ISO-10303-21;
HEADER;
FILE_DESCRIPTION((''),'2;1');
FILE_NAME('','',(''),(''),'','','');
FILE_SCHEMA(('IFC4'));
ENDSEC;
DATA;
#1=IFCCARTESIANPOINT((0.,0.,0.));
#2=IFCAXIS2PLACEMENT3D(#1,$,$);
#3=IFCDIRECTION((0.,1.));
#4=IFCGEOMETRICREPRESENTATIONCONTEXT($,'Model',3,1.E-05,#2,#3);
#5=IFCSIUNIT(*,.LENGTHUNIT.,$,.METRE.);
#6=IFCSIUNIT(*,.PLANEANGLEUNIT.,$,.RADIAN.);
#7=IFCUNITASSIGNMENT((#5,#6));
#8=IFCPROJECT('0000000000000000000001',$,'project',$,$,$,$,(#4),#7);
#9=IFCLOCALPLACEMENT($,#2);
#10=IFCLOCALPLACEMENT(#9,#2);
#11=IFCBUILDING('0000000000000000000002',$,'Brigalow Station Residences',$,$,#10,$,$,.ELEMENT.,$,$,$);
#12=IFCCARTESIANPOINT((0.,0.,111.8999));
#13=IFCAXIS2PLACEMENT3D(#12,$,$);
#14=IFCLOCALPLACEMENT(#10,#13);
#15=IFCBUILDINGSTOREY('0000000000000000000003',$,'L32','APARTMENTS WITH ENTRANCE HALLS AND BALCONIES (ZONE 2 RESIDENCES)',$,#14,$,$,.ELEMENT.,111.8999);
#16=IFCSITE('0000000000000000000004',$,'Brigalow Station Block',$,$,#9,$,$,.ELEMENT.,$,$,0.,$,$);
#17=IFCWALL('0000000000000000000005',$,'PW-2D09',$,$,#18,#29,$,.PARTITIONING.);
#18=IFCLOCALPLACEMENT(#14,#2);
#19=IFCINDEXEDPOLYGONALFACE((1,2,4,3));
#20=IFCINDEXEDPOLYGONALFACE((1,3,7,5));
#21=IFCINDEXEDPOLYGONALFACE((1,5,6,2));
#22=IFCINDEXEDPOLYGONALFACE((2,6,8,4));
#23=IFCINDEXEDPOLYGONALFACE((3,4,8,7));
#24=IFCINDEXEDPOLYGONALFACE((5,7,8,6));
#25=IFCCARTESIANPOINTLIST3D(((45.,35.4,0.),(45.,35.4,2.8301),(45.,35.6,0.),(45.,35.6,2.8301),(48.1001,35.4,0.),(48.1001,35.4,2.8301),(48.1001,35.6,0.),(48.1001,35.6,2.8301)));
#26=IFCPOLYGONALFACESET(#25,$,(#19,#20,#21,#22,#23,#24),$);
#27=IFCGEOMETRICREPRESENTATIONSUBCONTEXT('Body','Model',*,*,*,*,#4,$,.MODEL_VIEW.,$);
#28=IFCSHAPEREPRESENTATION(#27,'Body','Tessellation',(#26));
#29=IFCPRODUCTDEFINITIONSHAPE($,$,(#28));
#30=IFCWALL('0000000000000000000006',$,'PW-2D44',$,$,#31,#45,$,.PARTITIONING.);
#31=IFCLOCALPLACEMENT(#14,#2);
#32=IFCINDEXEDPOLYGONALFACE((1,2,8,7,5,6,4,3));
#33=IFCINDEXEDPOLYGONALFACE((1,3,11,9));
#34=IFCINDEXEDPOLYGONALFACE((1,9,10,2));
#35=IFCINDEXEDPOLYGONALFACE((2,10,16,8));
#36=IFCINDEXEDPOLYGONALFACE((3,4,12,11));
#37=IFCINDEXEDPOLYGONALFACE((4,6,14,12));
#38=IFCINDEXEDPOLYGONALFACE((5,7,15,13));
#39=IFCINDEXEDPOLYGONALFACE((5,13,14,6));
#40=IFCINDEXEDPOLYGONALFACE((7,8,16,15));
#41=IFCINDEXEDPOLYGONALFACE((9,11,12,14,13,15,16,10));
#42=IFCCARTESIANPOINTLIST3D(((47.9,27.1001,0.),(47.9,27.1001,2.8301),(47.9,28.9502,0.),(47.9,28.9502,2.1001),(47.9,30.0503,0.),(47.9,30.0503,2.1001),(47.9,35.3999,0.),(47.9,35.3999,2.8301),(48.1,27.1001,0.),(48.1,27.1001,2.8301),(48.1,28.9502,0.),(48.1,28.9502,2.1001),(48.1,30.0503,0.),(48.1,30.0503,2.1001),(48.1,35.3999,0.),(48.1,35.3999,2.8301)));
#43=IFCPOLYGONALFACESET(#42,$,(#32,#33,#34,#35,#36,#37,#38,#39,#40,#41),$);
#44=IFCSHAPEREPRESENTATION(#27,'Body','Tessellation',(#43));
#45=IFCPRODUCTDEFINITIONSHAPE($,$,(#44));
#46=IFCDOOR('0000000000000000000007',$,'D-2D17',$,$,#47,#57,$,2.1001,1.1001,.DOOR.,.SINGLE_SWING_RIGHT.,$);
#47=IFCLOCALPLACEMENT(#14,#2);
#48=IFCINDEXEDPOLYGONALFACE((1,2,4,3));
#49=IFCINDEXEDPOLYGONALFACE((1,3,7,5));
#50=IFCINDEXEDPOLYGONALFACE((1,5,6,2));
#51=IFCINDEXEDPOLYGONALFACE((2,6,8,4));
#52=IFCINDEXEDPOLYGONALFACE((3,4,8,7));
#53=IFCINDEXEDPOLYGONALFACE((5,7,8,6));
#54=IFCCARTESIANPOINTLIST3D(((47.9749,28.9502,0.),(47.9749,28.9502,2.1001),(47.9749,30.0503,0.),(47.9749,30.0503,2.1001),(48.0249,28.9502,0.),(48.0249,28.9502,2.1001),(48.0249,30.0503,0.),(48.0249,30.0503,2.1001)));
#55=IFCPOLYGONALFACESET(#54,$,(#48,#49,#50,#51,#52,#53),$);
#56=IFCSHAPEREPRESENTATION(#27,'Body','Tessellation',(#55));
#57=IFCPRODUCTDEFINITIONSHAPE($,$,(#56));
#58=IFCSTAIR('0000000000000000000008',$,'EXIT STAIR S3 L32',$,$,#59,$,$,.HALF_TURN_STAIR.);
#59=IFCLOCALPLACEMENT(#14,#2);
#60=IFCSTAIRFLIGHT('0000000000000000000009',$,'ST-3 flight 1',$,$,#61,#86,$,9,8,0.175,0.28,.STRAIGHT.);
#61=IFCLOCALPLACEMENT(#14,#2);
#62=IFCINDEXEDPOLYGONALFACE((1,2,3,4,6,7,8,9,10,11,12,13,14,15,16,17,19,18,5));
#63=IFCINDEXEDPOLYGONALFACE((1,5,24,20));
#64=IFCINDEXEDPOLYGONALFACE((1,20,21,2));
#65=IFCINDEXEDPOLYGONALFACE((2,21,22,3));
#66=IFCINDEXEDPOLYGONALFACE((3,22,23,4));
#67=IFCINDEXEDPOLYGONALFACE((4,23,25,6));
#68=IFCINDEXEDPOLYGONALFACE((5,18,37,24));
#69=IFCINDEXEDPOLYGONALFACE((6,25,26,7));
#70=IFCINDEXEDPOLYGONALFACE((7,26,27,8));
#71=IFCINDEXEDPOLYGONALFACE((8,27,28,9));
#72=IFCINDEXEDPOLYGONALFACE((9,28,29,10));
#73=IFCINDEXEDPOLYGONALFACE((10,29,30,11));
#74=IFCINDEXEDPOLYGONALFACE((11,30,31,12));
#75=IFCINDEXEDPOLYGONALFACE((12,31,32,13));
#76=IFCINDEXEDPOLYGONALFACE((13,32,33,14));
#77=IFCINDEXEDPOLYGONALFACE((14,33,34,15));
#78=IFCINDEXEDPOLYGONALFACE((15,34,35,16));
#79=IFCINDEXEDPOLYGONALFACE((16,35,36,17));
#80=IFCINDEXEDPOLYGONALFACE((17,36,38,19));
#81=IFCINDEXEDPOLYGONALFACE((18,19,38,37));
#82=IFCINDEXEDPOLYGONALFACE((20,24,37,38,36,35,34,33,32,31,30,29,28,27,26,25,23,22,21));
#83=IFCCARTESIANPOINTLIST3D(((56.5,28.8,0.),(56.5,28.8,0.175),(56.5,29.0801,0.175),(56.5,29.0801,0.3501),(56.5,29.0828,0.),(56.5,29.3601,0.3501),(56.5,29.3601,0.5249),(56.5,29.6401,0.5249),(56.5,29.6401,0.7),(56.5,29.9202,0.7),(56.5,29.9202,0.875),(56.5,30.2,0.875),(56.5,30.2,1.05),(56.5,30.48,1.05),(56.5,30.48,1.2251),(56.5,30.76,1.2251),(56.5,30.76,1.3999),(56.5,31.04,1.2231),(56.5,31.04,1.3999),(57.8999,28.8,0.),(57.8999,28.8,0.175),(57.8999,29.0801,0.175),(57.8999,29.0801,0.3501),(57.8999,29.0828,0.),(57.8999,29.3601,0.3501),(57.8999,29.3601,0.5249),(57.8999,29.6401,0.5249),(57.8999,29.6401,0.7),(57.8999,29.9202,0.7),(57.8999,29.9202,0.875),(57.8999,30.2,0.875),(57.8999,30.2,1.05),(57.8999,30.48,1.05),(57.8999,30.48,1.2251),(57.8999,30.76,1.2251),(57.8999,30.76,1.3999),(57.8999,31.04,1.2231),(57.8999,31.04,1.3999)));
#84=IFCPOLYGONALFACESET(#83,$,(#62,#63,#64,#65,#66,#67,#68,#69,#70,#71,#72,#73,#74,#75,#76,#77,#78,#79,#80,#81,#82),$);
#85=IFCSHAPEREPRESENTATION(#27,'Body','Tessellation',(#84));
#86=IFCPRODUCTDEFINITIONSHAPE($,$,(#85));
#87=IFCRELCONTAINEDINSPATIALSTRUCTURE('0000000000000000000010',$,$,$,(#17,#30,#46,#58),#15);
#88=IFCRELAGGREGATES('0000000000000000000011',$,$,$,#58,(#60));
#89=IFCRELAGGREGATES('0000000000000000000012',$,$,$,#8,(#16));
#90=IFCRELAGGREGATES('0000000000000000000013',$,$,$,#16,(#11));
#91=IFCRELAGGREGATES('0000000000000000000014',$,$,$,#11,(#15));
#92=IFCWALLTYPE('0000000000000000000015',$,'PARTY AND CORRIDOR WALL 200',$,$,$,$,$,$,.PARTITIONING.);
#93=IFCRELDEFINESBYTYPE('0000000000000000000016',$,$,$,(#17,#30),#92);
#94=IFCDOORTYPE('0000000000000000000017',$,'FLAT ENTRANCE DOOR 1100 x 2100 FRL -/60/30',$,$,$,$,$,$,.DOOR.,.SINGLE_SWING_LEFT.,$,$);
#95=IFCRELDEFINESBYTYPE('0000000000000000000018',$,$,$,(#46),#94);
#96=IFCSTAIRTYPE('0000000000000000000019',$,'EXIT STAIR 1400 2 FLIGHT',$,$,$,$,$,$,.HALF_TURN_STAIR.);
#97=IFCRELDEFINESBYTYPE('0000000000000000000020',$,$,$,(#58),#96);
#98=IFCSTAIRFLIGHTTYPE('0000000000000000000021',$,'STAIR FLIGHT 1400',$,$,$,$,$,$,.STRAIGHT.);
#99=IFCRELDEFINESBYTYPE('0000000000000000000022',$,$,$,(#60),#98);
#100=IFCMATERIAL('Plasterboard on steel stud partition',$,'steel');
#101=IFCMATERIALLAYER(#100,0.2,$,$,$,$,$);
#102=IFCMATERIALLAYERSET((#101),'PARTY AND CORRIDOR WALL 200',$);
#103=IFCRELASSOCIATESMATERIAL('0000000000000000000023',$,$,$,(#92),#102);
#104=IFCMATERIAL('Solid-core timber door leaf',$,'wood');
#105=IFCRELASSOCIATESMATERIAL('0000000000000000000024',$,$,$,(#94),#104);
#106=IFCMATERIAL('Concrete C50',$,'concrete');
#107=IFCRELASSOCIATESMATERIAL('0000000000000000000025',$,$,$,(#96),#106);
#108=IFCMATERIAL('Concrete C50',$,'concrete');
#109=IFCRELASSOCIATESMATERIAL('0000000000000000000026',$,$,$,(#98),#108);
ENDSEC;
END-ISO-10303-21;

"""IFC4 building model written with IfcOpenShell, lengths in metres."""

from ifc_helpers import new_model, si_unit, direction, frame, frame_2d, origin, place, context, subcontext, project, spatial, polyline, rectangle, outline, extrude, material, layer, layer_set, type_object, element, fill, aggregate, save


model = new_model("IFC4")

# Units and contexts
model_context = context("Model", 3, precision=1e-05, world=origin(), true_north=direction((0.0, 1.0)))
body_context = subcontext(model_context, "Body", "Model", "MODEL_VIEW")
ifc_project = project(units=[si_unit("LENGTHUNIT", "METRE"), si_unit("PLANEANGLEUNIT", "RADIAN")], contexts=[model_context])

# Site, building, storey
site_placement = place(None, origin())
site = spatial("IfcSite", under=ifc_project, at=site_placement, Name="Brigalow Station Block", CompositionType="ELEMENT", RefElevation=0.0)
building_placement = place(site_placement, origin())
building = spatial("IfcBuilding", under=site, at=building_placement, Name="Brigalow Station Residences", CompositionType="ELEMENT")
storey_placement = place(building_placement, frame((0.0, 0.0, 111.8999)))
storey = spatial("IfcBuildingStorey", under=building, at=storey_placement, Name="L32", Description="APARTMENTS WITH ENTRANCE HALLS AND BALCONIES (ZONE 2 RESIDENCES)", CompositionType="ELEMENT", Elevation=111.8999)

# Wall
ifc_material_1 = material(Name="Plasterboard on steel stud partition", Category="steel")
ifc_layer_1 = layer(ifc_material_1, 0.2)
ifc_layer_set_1 = layer_set([ifc_layer_1], Name="PARTY AND CORRIDOR WALL 200")
wall_type_1 = type_object("IfcWallType", Name="PARTY AND CORRIDOR WALL 200", PredefinedType="PARTITIONING", material=ifc_layer_set_1)
wall_1_placement = place(storey_placement, frame((45.0, 35.5, 0.0), z_axis=(0.0, 0.0, 1.0), x_axis=(1.0, 0.0, 0.0)))
element("IfcWall", 1, at=wall_1_placement, inside=storey, type_object=wall_type_1, Name="PW-2D09", PredefinedType="PARTITIONING", context=body_context, shape_type="SweptSolid", body=[
    extrude(rectangle(XDim=3.1001, YDim=0.2, at=frame_2d((1.55, 0.0))), origin(), (0.0, 0.0, 1.0), 2.8301),
])

# Wall, opening, door
wall_2_placement = place(storey_placement, frame((48.0, 27.1001, 0.0), z_axis=(0.0, 0.0, 1.0), x_axis=(0.0, 1.0, 0.0)))
wall_2 = element("IfcWall", 2, at=wall_2_placement, inside=storey, type_object=wall_type_1, Name="PW-2D44", PredefinedType="PARTITIONING", context=body_context, shape_type="SweptSolid", body=[
    extrude(rectangle(XDim=8.2998, YDim=0.2, at=frame_2d((4.1499, 0.0))), origin(), (0.0, 0.0, 1.0), 2.8301),
])
opening_1_placement = place(wall_2_placement, frame((1.8501, 0.0, 0.0)))
opening_1 = element("IfcOpeningElement", 3, at=opening_1_placement, cuts=wall_2, PredefinedType="OPENING", context=body_context, shape_type="SweptSolid", body=[
    extrude(rectangle(XDim=1.1001, YDim=2.1001, at=frame_2d((0.55, 1.05))), frame((0.0, 0.1099, 0.0), z_axis=(0.0, -1.0, 0.0), x_axis=(1.0, 0.0, 0.0)), (0.0, 0.0, 1.0), 0.22),
])
ifc_material_2 = material(Name="Solid-core timber door leaf", Category="wood")
door_type_1 = type_object("IfcDoorType", Name="FLAT ENTRANCE DOOR 1100 x 2100 FRL -/60/30", OperationType="SINGLE_SWING_LEFT", PredefinedType="DOOR", material=ifc_material_2)
door_1_placement = place(opening_1_placement, frame((1.1001, 0.0, 0.0), z_axis=(0.0, 0.0, 1.0), x_axis=(-1.0, 0.0, 0.0)))
door_1 = element("IfcDoor", 4, at=door_1_placement, inside=storey, type_object=door_type_1, Name="D-2D17", OperationType="SINGLE_SWING_RIGHT", OverallHeight=2.1001, OverallWidth=1.1001, PredefinedType="DOOR", context=body_context, shape_type="SweptSolid", body=[
    extrude(rectangle(XDim=1.1001, YDim=2.1001, at=frame_2d((0.55, 1.05))), frame((0.0, 0.0249, 0.0), z_axis=(0.0, -1.0, 0.0), x_axis=(1.0, 0.0, 0.0)), (0.0, 0.0, 1.0), 0.05),
])
fill(opening_1, door_1)

# Stair, stair flight
ifc_material_3 = material(Name="Concrete C50", Category="concrete")
stair_type = type_object("IfcStairType", Name="EXIT STAIR 1400 2 FLIGHT", PredefinedType="HALF_TURN_STAIR", material=ifc_material_3)
stair_placement = place(storey_placement, origin())
stair = element("IfcStair", 5, at=stair_placement, inside=storey, type_object=stair_type, Name="EXIT STAIR S3 L32", PredefinedType="HALF_TURN_STAIR")
ifc_material_4 = material(Name="Concrete C50", Category="concrete")
stair_flight_type = type_object("IfcStairFlightType", Name="STAIR FLIGHT 1400", PredefinedType="STRAIGHT", material=ifc_material_4)
stair_flight_placement = place(storey_placement, frame((57.2, 28.8, 0.0), z_axis=(0.0, 0.0, 1.0), x_axis=(0.0, 1.0, 0.0)))
stair_flight = element("IfcStairFlight", 6, at=stair_flight_placement, type_object=stair_flight_type, Name="ST-3 flight 1", NumberOfRisers=9, NumberOfTreads=8, PredefinedType="STRAIGHT", RiserHeight=0.175, TreadLength=0.28, context=body_context, shape_type="SweptSolid", body=[
    extrude(outline(polyline([(0.0, 0.0), (0.0, 0.175), (0.28, 0.175), (0.28, 0.3501), (0.5601, 0.3501), (0.5601, 0.5249), (0.8401, 0.5249), (0.8401, 0.7), (1.1201, 0.7), (1.1201, 0.875), (1.3999, 0.875), (1.3999, 1.05), (1.6799, 1.05), (1.6799, 1.2251), (1.96, 1.2251), (1.96, 1.3999), (2.24, 1.3999), (2.24, 1.575), (2.24, 1.2231), (0.2827, 0.0), (0.0, 0.0)])), frame((0.0, 0.7, 0.0), z_axis=(0.0, -1.0, 0.0), x_axis=(1.0, 0.0, 0.0)), (0.0, 0.0, 1.0), 1.3999),
])
aggregate(stair, [stair_flight])

save(model, "model.ifc")
